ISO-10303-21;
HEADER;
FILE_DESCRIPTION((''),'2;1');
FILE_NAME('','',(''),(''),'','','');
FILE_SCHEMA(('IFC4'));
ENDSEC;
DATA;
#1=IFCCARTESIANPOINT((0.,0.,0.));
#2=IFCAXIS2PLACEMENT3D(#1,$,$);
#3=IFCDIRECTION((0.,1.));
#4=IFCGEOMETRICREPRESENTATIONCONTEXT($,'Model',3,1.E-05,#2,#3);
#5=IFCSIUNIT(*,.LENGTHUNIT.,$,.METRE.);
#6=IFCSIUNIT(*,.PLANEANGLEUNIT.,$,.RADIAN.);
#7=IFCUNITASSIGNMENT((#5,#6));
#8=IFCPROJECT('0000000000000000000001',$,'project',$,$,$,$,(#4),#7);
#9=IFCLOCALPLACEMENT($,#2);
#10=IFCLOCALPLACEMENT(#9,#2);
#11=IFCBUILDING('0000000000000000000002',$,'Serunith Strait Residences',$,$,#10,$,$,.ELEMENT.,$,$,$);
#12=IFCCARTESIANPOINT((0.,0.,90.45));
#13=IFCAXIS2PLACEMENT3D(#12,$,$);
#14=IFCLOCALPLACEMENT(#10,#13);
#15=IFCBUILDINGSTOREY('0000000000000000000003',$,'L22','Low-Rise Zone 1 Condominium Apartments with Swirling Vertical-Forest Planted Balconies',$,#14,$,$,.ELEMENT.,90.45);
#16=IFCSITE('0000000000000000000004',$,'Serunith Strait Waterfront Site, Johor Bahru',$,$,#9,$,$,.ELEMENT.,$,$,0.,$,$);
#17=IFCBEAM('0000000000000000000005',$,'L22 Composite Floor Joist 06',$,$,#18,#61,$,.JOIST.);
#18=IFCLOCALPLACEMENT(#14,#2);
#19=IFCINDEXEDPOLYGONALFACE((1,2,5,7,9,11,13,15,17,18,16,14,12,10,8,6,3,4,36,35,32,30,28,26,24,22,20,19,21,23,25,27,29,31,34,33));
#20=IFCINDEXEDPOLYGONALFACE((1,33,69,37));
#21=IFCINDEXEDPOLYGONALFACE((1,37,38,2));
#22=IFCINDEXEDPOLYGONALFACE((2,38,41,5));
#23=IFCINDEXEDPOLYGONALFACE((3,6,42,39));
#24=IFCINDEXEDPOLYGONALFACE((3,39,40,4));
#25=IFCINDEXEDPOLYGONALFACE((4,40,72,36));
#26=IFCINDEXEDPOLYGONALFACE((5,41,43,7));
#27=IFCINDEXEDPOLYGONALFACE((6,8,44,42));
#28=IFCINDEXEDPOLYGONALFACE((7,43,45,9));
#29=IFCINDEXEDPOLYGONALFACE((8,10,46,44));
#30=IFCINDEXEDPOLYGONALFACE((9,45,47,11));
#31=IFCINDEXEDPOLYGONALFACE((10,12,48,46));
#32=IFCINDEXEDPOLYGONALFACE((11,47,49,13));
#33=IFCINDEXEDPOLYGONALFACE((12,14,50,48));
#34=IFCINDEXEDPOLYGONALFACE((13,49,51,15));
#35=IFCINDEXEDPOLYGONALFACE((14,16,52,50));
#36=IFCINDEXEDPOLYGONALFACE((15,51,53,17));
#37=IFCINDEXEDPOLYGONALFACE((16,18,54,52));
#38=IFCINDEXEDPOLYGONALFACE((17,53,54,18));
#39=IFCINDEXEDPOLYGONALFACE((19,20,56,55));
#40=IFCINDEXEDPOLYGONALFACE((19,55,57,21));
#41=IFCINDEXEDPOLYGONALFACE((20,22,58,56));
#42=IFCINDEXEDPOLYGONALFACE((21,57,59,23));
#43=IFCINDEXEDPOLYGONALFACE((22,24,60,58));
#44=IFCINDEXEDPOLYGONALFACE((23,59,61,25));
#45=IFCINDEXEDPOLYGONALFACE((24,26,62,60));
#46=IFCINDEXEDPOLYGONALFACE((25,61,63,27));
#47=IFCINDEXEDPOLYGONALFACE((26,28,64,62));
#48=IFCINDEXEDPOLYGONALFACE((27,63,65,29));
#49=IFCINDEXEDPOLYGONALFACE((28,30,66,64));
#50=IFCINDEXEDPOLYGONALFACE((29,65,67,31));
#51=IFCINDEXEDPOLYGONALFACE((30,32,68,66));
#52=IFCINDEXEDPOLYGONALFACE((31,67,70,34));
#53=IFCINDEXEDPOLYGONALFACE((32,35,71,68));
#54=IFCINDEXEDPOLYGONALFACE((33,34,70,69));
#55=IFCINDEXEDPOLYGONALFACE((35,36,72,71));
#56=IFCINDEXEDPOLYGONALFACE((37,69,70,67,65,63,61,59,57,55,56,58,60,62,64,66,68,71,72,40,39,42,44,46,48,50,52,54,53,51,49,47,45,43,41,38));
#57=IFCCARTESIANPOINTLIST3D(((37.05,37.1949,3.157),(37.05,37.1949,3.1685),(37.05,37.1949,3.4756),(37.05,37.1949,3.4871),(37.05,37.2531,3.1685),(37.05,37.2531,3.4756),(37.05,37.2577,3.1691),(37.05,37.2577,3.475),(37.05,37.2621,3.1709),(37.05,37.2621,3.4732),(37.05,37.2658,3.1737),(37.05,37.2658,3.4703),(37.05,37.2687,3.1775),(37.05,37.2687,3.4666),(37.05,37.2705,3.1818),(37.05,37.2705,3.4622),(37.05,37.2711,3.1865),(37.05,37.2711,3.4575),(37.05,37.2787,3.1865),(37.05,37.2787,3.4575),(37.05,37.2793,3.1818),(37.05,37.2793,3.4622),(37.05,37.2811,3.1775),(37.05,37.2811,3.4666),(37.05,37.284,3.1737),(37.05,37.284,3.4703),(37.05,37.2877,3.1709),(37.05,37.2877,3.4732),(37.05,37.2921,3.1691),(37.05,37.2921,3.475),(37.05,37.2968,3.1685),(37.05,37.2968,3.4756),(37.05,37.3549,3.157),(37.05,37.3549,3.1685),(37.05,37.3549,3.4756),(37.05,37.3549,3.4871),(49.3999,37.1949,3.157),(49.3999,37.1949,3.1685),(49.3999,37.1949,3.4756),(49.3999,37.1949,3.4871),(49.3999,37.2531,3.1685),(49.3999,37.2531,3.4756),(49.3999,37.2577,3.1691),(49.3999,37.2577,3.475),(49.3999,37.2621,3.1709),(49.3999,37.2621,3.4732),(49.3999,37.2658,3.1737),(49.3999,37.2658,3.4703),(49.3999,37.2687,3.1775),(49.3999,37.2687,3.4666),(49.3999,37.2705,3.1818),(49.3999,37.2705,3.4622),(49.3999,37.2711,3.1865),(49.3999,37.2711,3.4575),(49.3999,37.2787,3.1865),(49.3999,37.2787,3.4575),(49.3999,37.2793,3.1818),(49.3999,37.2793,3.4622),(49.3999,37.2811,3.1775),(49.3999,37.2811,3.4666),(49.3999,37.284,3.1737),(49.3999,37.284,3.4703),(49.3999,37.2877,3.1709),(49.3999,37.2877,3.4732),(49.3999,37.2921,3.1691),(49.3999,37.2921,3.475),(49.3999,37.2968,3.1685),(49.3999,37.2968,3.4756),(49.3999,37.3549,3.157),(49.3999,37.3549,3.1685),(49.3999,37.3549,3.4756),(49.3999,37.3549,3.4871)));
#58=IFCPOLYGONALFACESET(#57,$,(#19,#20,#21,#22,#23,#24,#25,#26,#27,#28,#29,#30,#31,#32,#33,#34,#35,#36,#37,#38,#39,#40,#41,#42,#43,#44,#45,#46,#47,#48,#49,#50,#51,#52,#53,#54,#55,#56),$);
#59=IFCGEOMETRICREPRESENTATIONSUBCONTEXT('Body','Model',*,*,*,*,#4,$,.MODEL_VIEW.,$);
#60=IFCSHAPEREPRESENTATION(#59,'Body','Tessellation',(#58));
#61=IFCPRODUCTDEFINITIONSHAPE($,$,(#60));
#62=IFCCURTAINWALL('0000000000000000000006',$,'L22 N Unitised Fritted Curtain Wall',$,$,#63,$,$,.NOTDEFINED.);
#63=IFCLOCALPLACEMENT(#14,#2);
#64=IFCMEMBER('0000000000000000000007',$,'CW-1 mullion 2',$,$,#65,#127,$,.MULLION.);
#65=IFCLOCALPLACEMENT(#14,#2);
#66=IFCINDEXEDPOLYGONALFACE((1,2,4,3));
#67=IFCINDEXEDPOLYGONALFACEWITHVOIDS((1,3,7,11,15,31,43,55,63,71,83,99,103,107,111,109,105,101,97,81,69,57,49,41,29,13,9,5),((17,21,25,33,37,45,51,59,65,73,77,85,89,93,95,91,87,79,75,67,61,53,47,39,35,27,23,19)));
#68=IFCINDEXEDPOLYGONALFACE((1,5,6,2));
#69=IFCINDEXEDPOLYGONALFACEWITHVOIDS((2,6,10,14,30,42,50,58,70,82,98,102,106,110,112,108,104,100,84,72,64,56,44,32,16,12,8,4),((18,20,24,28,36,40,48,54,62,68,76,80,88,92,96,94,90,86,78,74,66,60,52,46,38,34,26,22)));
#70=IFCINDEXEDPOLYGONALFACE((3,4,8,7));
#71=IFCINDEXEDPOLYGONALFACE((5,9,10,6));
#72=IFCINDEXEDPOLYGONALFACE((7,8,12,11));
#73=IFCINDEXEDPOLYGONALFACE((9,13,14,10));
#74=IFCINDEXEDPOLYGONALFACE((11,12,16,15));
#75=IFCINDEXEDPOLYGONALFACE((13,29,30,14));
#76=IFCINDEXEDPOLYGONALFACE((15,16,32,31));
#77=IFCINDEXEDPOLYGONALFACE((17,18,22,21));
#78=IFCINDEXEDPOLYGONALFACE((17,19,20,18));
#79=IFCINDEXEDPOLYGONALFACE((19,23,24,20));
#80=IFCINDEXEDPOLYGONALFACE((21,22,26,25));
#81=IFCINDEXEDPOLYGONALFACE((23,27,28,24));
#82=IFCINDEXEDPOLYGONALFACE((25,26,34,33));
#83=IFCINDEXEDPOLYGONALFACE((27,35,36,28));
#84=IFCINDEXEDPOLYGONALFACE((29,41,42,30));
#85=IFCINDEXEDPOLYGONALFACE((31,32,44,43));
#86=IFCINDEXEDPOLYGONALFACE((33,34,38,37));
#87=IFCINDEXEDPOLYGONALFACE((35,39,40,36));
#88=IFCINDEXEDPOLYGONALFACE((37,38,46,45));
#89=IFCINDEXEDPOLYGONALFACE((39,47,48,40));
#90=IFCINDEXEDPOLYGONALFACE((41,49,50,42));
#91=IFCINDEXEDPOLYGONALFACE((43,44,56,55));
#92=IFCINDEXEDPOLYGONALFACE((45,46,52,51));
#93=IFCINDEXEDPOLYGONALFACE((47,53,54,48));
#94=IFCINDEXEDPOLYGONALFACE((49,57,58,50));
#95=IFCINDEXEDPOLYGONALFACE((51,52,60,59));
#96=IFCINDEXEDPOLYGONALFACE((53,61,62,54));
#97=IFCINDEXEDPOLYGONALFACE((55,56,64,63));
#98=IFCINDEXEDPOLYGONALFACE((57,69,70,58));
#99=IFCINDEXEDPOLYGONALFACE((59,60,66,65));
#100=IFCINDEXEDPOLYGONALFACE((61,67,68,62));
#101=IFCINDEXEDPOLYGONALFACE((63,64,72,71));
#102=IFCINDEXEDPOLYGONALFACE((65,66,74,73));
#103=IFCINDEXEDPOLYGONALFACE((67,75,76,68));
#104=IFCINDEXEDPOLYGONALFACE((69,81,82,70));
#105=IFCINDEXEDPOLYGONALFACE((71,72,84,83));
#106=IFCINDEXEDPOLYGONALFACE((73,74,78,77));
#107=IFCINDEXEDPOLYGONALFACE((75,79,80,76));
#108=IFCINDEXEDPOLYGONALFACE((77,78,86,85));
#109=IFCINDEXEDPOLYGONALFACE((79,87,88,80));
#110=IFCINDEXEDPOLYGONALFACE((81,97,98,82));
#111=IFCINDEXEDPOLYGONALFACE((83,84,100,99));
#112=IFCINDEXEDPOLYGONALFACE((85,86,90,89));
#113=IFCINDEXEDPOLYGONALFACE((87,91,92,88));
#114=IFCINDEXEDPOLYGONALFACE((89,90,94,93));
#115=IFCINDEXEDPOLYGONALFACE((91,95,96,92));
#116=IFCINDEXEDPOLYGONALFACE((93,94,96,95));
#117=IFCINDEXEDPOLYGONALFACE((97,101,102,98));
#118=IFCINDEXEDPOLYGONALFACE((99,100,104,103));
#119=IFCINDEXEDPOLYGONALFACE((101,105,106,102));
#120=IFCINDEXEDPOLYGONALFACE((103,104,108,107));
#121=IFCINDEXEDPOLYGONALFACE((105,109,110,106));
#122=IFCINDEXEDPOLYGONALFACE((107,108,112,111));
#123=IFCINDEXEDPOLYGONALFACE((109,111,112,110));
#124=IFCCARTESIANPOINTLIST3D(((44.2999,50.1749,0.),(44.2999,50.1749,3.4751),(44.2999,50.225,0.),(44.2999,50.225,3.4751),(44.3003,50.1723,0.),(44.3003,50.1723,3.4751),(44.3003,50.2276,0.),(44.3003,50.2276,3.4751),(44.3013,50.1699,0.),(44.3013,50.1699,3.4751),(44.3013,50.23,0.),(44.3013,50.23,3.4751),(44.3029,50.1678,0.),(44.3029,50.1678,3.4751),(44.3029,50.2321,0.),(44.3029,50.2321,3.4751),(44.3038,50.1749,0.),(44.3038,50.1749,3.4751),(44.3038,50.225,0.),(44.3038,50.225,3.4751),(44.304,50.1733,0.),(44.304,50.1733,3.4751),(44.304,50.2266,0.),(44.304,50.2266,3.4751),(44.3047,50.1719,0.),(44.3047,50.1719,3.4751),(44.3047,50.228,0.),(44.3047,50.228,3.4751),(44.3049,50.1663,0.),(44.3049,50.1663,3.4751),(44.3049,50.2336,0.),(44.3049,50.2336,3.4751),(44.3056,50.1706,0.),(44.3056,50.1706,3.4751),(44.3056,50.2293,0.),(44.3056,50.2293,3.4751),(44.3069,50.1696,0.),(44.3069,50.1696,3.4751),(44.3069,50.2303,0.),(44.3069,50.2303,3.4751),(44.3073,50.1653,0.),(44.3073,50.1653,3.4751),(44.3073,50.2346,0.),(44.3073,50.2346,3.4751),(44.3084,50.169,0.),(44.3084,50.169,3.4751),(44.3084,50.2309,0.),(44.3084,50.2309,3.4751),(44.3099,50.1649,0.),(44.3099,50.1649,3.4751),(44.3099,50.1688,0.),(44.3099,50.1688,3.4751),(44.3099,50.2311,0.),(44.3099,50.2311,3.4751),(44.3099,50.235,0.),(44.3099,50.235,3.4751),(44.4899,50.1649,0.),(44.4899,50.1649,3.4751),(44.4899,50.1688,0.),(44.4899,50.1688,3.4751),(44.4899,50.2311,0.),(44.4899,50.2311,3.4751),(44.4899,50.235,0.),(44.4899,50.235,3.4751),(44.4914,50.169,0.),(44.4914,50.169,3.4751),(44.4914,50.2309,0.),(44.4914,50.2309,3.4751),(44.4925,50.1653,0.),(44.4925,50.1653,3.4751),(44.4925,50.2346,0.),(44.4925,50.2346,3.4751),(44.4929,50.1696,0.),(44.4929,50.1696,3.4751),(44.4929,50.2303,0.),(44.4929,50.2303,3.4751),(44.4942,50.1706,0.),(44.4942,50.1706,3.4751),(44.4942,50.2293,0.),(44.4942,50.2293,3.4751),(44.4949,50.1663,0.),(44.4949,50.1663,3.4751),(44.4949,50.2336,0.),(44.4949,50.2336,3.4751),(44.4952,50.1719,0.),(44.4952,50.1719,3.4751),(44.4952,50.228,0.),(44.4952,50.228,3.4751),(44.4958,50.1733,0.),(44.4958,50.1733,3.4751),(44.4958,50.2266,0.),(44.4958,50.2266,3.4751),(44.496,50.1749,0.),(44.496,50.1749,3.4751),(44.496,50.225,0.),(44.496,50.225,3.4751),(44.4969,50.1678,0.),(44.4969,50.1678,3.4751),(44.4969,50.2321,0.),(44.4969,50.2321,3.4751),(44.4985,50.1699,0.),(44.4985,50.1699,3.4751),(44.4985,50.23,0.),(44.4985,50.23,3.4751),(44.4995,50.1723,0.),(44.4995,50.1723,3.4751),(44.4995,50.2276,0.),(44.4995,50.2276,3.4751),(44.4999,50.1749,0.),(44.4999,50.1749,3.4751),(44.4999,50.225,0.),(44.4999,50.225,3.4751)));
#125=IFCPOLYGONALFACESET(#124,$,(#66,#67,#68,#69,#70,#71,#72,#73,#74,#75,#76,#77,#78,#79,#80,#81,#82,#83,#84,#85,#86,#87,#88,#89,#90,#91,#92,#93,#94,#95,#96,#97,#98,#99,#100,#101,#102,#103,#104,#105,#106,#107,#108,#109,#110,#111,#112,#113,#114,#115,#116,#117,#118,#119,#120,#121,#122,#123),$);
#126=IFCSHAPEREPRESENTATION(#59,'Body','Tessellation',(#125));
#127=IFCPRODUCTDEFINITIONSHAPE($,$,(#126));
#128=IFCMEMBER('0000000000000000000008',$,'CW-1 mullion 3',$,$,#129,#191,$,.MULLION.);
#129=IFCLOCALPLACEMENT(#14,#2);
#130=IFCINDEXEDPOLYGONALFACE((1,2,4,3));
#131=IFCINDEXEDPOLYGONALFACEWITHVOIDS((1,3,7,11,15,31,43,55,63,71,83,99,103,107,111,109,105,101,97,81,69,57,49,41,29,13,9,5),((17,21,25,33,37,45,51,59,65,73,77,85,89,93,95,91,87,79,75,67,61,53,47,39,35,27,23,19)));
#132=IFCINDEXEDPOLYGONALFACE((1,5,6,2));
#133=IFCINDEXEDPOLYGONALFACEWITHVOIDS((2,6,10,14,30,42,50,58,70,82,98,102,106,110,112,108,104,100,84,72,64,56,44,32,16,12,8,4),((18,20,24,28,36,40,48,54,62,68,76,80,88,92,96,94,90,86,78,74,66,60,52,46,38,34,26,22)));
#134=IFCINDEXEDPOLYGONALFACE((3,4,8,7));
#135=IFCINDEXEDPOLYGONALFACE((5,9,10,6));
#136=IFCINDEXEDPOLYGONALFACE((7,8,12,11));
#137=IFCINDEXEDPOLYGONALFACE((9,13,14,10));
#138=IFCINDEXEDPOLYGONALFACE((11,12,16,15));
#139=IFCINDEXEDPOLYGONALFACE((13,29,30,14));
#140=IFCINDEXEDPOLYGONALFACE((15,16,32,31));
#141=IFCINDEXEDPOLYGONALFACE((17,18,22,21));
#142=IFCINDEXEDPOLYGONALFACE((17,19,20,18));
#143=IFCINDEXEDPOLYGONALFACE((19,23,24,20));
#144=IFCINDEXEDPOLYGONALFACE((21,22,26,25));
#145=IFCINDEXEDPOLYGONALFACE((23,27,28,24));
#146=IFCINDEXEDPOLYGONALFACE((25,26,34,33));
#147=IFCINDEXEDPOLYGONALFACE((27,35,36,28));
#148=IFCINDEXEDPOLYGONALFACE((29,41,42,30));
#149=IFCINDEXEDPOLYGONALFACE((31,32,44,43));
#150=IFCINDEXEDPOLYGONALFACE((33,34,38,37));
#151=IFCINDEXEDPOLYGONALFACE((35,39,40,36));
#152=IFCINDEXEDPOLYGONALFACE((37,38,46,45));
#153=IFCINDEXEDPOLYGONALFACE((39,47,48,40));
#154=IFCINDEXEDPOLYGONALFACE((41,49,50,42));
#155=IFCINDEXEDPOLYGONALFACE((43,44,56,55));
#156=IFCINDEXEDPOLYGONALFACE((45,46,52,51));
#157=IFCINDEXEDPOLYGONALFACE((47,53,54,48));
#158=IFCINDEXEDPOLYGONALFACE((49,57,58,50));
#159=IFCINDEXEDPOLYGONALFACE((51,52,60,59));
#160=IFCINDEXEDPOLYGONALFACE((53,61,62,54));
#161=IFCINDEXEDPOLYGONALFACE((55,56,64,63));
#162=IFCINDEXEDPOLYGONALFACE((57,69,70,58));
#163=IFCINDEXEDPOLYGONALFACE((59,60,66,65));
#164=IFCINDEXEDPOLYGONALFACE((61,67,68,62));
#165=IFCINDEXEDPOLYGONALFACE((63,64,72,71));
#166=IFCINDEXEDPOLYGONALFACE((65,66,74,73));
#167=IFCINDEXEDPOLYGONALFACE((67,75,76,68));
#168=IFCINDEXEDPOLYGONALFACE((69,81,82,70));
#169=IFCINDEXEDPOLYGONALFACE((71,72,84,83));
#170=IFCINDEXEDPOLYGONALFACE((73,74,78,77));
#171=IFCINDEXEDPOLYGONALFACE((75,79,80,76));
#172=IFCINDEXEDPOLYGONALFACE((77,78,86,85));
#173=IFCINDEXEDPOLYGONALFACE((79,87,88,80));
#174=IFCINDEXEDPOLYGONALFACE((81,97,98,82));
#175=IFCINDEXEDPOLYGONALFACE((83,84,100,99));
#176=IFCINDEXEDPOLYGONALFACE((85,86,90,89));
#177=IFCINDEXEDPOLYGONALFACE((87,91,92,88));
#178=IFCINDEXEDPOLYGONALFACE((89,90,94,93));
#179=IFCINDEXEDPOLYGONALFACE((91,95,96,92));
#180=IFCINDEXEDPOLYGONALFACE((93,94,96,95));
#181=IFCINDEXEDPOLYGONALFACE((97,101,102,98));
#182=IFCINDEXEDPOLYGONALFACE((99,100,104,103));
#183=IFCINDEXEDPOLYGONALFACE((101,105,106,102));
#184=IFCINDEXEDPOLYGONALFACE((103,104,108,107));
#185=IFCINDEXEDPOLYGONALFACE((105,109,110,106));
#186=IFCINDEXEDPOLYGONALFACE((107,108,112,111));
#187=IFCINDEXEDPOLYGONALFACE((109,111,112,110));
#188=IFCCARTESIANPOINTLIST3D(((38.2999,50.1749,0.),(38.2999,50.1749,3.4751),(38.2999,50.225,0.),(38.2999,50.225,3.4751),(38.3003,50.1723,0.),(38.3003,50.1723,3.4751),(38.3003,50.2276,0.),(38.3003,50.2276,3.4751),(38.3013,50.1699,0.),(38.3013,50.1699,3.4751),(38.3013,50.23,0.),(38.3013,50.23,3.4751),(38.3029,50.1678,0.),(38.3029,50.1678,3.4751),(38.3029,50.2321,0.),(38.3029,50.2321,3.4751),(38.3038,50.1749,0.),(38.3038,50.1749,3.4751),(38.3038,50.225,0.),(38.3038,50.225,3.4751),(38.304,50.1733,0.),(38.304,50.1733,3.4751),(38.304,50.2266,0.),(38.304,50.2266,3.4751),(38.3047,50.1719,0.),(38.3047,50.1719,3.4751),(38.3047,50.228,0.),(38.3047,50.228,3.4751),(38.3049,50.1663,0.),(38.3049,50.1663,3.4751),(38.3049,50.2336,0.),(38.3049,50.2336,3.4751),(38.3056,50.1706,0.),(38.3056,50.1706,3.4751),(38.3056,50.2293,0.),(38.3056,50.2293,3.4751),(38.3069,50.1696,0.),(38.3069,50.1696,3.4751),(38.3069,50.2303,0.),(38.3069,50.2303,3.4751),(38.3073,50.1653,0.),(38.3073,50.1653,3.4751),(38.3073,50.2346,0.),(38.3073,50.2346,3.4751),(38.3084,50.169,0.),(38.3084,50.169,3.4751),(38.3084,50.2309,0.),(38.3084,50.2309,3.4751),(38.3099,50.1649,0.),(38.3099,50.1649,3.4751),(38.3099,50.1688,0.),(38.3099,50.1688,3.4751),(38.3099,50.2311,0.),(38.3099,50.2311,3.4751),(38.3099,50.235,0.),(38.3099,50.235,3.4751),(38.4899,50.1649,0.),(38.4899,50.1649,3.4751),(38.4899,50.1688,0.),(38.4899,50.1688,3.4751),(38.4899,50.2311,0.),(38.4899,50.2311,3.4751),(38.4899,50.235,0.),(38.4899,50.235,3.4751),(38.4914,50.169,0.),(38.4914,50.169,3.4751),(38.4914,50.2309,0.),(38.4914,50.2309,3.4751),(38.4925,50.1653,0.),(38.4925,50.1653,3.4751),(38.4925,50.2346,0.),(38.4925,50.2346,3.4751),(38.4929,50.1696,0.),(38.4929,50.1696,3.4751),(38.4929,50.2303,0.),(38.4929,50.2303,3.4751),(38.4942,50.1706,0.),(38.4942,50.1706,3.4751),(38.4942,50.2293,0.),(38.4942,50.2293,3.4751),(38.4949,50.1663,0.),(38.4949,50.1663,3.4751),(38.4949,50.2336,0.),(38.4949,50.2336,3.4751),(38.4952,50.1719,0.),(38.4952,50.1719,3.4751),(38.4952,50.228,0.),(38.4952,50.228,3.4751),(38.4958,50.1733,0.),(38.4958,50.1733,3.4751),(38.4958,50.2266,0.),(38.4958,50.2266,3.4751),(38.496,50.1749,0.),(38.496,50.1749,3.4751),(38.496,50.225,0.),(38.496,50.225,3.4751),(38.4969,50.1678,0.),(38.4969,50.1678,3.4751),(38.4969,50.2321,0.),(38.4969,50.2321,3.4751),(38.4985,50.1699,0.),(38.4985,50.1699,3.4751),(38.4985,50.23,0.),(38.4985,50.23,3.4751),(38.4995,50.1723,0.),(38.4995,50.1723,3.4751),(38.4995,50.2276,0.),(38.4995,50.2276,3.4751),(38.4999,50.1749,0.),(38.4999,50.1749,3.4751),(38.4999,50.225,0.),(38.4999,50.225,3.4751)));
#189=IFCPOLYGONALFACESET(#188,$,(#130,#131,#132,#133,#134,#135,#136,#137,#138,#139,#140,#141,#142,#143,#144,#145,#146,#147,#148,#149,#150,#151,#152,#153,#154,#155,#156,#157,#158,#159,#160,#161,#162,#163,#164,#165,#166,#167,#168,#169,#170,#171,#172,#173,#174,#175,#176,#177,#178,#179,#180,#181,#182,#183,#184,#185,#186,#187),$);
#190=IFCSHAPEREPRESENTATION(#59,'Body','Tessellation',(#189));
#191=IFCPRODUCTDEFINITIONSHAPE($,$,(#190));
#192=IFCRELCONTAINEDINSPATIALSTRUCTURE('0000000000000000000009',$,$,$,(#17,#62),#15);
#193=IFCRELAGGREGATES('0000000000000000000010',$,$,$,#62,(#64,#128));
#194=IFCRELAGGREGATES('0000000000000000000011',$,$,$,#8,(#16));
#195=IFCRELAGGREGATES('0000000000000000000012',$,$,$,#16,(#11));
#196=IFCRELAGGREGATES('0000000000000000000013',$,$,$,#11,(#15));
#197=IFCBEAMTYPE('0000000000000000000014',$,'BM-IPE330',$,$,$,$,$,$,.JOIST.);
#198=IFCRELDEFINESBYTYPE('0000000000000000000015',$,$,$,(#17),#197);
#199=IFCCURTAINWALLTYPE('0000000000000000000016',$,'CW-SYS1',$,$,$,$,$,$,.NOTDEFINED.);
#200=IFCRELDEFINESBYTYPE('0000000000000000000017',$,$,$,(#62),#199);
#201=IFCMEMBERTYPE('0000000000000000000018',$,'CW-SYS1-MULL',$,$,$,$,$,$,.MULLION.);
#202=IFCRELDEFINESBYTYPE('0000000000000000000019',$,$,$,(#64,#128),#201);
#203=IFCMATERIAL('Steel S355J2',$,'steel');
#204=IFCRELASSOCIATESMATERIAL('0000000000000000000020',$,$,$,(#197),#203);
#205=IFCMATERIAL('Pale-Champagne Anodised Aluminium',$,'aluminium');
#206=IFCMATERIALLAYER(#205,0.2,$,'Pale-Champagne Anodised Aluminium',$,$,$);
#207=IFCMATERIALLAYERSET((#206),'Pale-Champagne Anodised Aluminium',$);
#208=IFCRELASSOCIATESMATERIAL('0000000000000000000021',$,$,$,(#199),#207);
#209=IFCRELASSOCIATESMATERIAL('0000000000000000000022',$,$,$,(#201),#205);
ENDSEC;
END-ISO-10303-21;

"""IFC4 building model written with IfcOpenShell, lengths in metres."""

from ifc_helpers import new_model, si_unit, direction, frame, origin, origin_2d, place, context, subcontext, project, spatial, hollow_rectangle, i_section, extrude, source, transform, mapped, material, layer, layer_set, material_profile, profile_set, type_object, element, aggregate, save


model = new_model("IFC4")

# Units and contexts
model_context = context("Model", 3, precision=1e-05, world=origin(), true_north=direction((0.0, 1.0)))
body_context = subcontext(model_context, "Body", "Model", "MODEL_VIEW")
ifc_project = project(units=[si_unit("LENGTHUNIT", "METRE"), si_unit("PLANEANGLEUNIT", "RADIAN")], contexts=[model_context])

# Site, building, storey
site_placement = place(None, origin())
site = spatial("IfcSite", under=ifc_project, at=site_placement, Name="Serunith Strait Waterfront Site, Johor Bahru", CompositionType="ELEMENT", RefElevation=0.0)
building_placement = place(site_placement, origin())
building = spatial("IfcBuilding", under=site, at=building_placement, Name="Serunith Strait Residences", CompositionType="ELEMENT")
storey_placement = place(building_placement, frame((0.0, 0.0, 90.45)))
storey = spatial("IfcBuildingStorey", under=building, at=storey_placement, Name="L22", Description="Low-Rise Zone 1 Condominium Apartments with Swirling Vertical-Forest Planted Balconies", CompositionType="ELEMENT", Elevation=90.45)

# Beam
ifc_material_1 = material(Name="Steel S355J2", Category="steel")
ifc_material_profile_1 = material_profile(ifc_material_1, i_section(OverallWidth=0.1599, OverallDepth=0.3301, WebThickness=0.0076, FlangeThickness=0.0115, FilletRadius=0.0181, at=origin_2d()), Name="IPE 330")
ifc_profile_set_1 = profile_set([ifc_material_profile_1], Name="Steel S355J2")
beam_type_1 = type_object("IfcBeamType", Name="BM-IPE330", PredefinedType="JOIST", material=ifc_profile_set_1)
shared_shape_1 = source(origin(), body_context, "Body", "SweptSolid", [
    extrude(i_section(OverallWidth=0.1599, OverallDepth=0.3301, WebThickness=0.0076, FlangeThickness=0.0115, FilletRadius=0.0181, at=origin_2d()), origin(), (0.0, 0.0, 1.0), 12.3499),
])
beam_1_placement = place(storey_placement, frame((37.05, 37.2749, 3.322), z_axis=(1.0, 0.0, 0.0), x_axis=(0.0, 1.0, 0.0)))
element("IfcBeam", 1, at=beam_1_placement, inside=storey, type_object=beam_type_1, Name="L22 Composite Floor Joist 06", PredefinedType="JOIST", context=body_context, shape_type="MappedRepresentation", body=[
    mapped(shared_shape_1, transform((0.0, 0.0, 0.0), scale=1.0)),
])

# Curtain wall, members
ifc_material_2 = material(Name="Pale-Champagne Anodised Aluminium", Category="aluminium")
ifc_layer_1 = layer(ifc_material_2, 0.2, Name="Pale-Champagne Anodised Aluminium")
ifc_layer_set_1 = layer_set([ifc_layer_1], Name="Pale-Champagne Anodised Aluminium")
curtain_wall_type = type_object("IfcCurtainWallType", Name="CW-SYS1", PredefinedType="NOTDEFINED", material=ifc_layer_set_1)
curtain_wall_placement = place(storey_placement, origin())
curtain_wall = element("IfcCurtainWall", 2, at=curtain_wall_placement, inside=storey, type_object=curtain_wall_type, Name="L22 N Unitised Fritted Curtain Wall", PredefinedType="NOTDEFINED")
ifc_material_profile_2 = material_profile(ifc_material_2, hollow_rectangle(XDim=0.0701, YDim=0.2, WallThickness=0.0039, InnerFilletRadius=0.0061, OuterFilletRadius=0.01, at=origin_2d()), Name="ALU 200x70x4")
ifc_profile_set_2 = profile_set([ifc_material_profile_2], Name="Pale-Champagne Anodised Aluminium")
member_type_1 = type_object("IfcMemberType", Name="CW-SYS1-MULL", PredefinedType="MULLION", material=ifc_profile_set_2)
shared_shape_2 = source(origin(), body_context, "Body", "SweptSolid", [
    extrude(hollow_rectangle(XDim=0.0701, YDim=0.2, WallThickness=0.0039, InnerFilletRadius=0.0061, OuterFilletRadius=0.01, at=origin_2d()), origin(), (0.0, 0.0, 1.0), 3.4751),
])
member_1_placement = place(storey_placement, frame((44.3999, 50.2, 0.0), z_axis=(0.0, 0.0, 1.0), x_axis=(0.0, -1.0, 0.0)))
member_1 = element("IfcMember", 3, at=member_1_placement, type_object=member_type_1, Name="CW-1 mullion 2", PredefinedType="MULLION", context=body_context, shape_type="MappedRepresentation", body=[
    mapped(shared_shape_2, transform((0.0, 0.0, 0.0), scale=1.0)),
])
member_2_placement = place(storey_placement, frame((38.3999, 50.2, 0.0), z_axis=(0.0, 0.0, 1.0), x_axis=(0.0, -1.0, 0.0)))
member_2 = element("IfcMember", 4, at=member_2_placement, type_object=member_type_1, Name="CW-1 mullion 3", PredefinedType="MULLION", context=body_context, shape_type="MappedRepresentation", body=[
    mapped(shared_shape_2, transform((0.0, 0.0, 0.0), scale=1.0)),
])
aggregate(curtain_wall, [member_1, member_2])

save(model, "model.ifc")
